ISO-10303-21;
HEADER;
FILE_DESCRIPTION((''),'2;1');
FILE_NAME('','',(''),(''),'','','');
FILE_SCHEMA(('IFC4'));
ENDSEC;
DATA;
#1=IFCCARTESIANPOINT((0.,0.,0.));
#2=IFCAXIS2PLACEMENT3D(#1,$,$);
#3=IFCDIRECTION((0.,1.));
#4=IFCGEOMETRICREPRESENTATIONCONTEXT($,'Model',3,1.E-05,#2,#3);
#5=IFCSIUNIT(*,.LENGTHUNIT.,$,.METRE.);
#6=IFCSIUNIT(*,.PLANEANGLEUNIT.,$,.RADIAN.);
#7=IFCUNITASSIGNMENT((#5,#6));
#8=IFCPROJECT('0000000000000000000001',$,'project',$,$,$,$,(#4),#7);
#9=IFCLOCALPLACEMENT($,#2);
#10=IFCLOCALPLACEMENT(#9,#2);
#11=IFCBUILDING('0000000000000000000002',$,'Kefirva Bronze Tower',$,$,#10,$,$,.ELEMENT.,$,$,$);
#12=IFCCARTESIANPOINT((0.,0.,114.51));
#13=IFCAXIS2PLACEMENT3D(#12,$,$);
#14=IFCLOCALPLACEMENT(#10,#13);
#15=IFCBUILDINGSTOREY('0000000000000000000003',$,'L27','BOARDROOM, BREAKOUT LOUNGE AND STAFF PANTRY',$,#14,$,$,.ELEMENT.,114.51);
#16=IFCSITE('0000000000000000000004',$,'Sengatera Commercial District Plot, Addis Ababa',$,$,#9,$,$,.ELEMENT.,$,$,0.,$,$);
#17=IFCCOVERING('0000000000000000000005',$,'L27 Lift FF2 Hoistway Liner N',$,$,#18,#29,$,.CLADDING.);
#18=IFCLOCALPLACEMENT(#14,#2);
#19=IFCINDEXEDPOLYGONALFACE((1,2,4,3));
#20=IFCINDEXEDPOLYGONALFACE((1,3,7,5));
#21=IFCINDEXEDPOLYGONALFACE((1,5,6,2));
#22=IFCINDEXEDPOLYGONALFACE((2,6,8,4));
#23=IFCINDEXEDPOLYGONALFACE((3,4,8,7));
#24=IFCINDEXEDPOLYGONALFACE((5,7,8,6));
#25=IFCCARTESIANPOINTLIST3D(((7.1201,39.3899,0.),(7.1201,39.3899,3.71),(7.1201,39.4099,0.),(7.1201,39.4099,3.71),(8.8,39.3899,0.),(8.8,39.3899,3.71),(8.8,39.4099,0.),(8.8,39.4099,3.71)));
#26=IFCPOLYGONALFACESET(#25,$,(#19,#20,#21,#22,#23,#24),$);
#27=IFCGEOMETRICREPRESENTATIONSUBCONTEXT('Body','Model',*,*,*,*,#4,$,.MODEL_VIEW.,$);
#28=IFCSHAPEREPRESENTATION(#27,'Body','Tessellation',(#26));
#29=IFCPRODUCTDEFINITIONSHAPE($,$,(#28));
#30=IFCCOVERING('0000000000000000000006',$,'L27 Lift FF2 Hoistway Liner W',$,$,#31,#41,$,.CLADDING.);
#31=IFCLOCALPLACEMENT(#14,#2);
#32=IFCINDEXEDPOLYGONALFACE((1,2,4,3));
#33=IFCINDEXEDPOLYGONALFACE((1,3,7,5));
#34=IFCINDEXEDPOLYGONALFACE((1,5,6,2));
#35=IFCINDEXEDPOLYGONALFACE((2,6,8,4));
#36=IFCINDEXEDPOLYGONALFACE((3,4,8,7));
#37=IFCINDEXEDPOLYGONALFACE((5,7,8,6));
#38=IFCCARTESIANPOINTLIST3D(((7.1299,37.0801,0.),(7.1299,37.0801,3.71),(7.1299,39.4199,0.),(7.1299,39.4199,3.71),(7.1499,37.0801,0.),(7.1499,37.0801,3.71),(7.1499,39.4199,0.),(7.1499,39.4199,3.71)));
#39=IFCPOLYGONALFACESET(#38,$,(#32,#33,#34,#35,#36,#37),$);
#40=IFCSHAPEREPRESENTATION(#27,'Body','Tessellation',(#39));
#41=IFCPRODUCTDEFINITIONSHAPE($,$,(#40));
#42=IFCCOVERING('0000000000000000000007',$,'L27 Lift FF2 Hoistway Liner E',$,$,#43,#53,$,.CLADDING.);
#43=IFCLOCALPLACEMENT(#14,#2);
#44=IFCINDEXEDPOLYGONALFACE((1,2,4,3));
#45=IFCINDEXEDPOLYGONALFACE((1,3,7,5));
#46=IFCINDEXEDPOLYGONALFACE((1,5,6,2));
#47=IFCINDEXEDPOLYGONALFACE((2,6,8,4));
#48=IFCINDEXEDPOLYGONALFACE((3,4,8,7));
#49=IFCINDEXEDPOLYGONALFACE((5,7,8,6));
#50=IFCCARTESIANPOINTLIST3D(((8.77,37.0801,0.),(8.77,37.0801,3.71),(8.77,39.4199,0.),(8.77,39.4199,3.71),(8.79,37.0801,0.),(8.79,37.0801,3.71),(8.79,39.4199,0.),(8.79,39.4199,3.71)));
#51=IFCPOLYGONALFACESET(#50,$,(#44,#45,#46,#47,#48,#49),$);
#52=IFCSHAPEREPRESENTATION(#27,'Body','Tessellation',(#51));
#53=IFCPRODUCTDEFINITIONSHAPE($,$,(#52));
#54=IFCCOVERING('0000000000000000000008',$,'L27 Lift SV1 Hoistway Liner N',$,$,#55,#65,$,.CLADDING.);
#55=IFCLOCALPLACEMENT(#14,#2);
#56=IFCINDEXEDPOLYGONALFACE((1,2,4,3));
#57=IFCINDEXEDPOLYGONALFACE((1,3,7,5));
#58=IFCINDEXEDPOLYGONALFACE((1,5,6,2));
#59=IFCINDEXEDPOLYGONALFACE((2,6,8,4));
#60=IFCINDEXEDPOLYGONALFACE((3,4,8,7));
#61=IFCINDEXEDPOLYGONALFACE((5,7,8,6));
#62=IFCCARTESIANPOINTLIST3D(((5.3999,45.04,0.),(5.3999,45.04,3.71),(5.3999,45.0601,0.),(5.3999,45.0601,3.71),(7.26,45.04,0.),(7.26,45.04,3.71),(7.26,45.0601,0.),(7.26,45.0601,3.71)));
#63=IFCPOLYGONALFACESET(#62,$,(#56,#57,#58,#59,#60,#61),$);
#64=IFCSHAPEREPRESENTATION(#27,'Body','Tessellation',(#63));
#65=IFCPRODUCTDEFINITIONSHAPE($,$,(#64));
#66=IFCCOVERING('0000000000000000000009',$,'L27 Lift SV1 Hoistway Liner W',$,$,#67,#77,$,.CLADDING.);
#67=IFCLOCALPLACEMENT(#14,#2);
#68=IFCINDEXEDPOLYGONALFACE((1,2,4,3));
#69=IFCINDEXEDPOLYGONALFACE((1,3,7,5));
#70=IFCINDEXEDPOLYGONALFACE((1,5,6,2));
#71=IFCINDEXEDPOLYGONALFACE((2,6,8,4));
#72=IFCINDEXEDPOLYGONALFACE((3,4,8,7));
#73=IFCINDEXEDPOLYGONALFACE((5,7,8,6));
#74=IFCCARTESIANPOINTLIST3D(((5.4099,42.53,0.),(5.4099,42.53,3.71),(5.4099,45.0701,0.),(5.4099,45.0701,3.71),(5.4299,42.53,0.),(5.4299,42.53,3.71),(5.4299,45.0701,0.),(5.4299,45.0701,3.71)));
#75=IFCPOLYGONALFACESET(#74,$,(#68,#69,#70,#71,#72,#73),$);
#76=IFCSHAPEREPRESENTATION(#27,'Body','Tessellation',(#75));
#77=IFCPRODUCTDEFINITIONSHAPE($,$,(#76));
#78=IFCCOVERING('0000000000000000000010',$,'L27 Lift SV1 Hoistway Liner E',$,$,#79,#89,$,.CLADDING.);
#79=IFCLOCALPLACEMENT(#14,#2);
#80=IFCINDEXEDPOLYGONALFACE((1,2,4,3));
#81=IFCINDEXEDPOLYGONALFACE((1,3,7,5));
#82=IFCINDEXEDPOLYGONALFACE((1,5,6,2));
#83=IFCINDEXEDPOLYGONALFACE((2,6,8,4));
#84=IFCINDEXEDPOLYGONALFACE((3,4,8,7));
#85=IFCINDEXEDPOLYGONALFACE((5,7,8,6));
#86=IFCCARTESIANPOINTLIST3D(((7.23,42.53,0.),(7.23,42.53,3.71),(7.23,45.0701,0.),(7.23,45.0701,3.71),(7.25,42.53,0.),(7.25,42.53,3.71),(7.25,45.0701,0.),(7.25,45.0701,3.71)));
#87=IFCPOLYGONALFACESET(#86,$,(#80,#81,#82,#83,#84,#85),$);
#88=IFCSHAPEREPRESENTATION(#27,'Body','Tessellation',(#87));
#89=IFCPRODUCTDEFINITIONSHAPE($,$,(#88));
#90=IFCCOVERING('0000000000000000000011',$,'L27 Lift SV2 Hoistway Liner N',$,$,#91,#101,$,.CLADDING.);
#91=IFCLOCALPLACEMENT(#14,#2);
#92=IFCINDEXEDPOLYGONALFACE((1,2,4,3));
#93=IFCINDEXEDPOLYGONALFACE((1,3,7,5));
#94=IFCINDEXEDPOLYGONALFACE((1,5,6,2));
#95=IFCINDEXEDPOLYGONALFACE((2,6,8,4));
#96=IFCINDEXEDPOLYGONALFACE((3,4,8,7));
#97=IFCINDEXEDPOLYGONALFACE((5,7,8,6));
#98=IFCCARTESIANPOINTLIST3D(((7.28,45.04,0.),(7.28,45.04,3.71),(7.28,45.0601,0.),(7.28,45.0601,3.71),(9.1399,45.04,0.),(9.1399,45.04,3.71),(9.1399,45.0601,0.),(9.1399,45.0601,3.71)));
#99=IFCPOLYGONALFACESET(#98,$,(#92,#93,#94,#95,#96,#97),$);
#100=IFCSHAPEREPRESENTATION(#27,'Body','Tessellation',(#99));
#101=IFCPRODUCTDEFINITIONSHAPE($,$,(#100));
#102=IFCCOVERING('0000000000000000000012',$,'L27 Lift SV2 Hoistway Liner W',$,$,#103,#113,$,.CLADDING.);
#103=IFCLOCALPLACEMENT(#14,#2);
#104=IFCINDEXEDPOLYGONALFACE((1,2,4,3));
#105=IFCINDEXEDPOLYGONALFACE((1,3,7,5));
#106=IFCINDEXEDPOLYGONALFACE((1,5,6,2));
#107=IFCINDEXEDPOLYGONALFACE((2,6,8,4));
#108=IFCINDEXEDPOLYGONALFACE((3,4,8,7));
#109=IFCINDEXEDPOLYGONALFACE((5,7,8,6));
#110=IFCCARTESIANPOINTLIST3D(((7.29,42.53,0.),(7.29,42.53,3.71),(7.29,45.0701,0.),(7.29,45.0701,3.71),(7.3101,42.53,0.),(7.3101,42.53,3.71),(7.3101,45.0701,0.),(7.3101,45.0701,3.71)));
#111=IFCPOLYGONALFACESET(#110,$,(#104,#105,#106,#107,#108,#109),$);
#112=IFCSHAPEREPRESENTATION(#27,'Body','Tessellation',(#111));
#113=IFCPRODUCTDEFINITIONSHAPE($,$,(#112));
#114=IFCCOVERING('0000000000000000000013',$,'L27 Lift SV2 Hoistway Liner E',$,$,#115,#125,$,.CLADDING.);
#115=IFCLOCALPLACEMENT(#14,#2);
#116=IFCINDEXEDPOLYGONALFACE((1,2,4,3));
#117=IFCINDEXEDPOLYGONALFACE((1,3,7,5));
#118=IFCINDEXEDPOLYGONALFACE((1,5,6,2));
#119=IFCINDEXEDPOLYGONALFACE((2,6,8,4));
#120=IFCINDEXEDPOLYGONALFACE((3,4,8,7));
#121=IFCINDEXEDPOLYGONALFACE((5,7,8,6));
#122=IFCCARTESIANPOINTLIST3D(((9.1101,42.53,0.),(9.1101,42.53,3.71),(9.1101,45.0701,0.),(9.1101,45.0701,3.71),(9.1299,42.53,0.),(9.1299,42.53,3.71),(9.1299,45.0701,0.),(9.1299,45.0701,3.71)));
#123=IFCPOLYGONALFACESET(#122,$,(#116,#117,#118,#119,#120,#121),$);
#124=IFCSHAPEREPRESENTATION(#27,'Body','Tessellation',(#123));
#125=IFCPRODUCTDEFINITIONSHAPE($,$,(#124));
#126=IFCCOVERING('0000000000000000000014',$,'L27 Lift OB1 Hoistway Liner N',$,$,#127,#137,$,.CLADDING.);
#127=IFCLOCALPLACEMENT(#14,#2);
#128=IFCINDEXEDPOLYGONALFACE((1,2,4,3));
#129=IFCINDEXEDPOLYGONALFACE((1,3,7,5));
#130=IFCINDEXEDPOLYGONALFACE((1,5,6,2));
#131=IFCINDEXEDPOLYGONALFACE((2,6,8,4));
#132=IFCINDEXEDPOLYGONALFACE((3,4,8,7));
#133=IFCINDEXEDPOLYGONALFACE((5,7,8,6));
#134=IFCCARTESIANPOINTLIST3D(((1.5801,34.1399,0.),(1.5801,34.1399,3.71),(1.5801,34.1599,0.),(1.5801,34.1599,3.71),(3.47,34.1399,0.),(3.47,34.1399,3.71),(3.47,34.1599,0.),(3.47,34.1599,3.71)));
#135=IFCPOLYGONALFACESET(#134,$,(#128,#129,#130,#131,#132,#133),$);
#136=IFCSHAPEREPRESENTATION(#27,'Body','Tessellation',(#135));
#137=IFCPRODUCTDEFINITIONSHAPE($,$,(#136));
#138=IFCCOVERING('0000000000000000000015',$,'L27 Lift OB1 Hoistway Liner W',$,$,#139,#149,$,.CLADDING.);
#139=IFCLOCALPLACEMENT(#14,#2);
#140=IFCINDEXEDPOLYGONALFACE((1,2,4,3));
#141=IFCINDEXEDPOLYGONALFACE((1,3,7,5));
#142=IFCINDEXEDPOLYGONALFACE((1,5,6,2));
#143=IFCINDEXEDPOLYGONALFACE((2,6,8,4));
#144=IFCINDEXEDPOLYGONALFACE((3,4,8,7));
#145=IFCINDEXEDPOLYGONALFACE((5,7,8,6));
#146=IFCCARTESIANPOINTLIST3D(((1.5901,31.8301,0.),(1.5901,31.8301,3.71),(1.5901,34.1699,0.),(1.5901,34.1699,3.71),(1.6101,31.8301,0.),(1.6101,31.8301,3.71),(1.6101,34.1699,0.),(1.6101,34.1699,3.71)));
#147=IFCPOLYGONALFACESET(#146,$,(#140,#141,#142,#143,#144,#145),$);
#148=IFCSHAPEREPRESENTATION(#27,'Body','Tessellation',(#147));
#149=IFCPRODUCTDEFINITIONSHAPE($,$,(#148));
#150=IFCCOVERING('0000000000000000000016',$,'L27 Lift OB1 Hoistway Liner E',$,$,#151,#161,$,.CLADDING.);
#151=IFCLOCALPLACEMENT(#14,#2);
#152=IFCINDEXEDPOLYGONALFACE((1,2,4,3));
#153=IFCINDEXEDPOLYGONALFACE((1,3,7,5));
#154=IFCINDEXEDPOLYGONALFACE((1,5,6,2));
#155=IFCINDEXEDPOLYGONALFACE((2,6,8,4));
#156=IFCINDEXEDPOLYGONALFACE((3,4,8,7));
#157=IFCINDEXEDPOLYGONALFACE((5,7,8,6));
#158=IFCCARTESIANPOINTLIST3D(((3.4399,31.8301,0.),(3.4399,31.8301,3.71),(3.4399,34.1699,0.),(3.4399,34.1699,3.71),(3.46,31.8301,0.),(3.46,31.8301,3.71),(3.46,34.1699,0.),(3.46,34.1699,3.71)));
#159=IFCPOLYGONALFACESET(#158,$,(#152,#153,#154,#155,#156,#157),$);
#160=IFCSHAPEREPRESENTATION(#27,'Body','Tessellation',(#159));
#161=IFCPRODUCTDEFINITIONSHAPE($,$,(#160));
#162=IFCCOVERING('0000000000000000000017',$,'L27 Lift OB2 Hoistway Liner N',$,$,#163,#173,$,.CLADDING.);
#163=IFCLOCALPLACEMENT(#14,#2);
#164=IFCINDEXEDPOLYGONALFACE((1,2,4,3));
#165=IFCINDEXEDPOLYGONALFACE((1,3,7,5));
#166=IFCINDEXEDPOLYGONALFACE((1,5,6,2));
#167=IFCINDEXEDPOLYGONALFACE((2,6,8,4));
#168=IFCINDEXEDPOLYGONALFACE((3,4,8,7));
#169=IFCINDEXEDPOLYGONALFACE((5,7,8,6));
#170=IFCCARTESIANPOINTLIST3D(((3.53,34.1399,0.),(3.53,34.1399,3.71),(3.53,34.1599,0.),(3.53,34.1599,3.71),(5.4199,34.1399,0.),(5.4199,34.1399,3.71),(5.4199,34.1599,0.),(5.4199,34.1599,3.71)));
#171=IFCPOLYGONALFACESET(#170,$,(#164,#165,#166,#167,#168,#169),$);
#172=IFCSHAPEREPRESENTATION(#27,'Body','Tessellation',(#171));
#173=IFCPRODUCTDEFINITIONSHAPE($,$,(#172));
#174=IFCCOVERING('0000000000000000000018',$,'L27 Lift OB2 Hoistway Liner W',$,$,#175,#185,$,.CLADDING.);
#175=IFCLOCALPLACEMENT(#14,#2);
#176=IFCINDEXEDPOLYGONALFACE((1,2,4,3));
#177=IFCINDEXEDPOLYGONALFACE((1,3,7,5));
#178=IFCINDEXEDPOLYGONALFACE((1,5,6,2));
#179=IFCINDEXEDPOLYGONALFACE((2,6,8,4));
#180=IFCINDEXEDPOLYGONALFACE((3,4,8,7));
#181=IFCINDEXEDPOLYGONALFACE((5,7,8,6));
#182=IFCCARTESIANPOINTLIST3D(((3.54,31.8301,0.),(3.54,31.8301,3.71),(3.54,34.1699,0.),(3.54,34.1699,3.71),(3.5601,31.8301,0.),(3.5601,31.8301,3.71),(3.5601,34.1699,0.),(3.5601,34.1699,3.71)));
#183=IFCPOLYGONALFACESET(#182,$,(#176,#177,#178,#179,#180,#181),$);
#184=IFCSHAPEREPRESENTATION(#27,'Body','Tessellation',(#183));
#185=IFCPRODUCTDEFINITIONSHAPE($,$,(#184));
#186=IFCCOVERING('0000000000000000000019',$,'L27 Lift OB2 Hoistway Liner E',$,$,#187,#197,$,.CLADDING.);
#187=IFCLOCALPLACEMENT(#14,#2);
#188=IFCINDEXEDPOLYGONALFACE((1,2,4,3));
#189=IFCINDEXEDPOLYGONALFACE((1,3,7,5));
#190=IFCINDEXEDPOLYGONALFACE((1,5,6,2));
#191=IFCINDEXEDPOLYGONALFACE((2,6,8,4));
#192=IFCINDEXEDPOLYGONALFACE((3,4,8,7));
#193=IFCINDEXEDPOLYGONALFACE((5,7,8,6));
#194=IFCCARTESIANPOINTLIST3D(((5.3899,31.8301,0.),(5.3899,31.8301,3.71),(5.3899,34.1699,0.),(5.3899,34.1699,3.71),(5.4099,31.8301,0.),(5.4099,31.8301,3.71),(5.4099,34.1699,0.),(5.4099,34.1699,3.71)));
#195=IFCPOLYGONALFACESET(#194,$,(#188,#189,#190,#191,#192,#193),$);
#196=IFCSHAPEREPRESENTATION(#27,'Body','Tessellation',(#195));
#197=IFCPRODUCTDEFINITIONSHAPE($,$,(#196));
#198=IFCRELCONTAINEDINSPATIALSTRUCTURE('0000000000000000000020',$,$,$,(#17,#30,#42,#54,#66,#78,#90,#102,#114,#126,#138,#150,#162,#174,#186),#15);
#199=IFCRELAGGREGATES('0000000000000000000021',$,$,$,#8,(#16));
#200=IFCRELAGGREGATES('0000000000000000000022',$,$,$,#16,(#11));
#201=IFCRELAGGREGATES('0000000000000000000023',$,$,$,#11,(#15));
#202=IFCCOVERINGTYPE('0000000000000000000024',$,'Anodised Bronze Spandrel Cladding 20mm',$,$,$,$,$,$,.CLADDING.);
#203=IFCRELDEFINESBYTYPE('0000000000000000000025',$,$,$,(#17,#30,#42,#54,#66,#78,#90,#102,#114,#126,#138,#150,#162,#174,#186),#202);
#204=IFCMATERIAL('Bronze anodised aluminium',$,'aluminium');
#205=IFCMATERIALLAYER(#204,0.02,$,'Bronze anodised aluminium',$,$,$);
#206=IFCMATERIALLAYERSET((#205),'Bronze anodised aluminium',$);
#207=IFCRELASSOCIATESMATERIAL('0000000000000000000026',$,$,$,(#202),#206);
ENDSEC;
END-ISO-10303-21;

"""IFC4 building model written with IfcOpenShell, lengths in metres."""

from ifc_helpers import new_model, si_unit, direction, frame, origin, place, context, subcontext, project, spatial, polyline, outline, extrude, material, layer, layer_set, type_object, element, save


model = new_model("IFC4")

# Units and contexts
model_context = context("Model", 3, precision=1e-05, world=origin(), true_north=direction((0.0, 1.0)))
body_context = subcontext(model_context, "Body", "Model", "MODEL_VIEW")
ifc_project = project(units=[si_unit("LENGTHUNIT", "METRE"), si_unit("PLANEANGLEUNIT", "RADIAN")], contexts=[model_context])

# Site, building, storey
site_placement = place(None, origin())
site = spatial("IfcSite", under=ifc_project, at=site_placement, Name="Sengatera Commercial District Plot, Addis Ababa", CompositionType="ELEMENT", RefElevation=0.0)
building_placement = place(site_placement, origin())
building = spatial("IfcBuilding", under=site, at=building_placement, Name="Kefirva Bronze Tower", CompositionType="ELEMENT")
storey_placement = place(building_placement, frame((0.0, 0.0, 114.51)))
storey = spatial("IfcBuildingStorey", under=building, at=storey_placement, Name="L27", Description="BOARDROOM, BREAKOUT LOUNGE AND STAFF PANTRY", CompositionType="ELEMENT", Elevation=114.51)

# Coverings
ifc_material_1 = material(Name="Bronze anodised aluminium", Category="aluminium")
ifc_layer_1 = layer(ifc_material_1, 0.02, Name="Bronze anodised aluminium")
ifc_layer_set_1 = layer_set([ifc_layer_1], Name="Bronze anodised aluminium")
covering_type = type_object("IfcCoveringType", Name="Anodised Bronze Spandrel Cladding 20mm", PredefinedType="CLADDING", material=ifc_layer_set_1)
covering_1_placement = place(storey_placement, origin())
element("IfcCovering", 1, at=covering_1_placement, inside=storey, type_object=covering_type, Name="L27 Lift FF2 Hoistway Liner N", PredefinedType="CLADDING", context=body_context, shape_type="SweptSolid", body=[
    extrude(outline(polyline([(7.1201, 39.3899), (8.8, 39.3899), (8.8, 39.4099), (7.1201, 39.4099), (7.1201, 39.3899)])), origin(), (0.0, 0.0, 1.0), 3.71),
])
covering_2_placement = place(storey_placement, origin())
element("IfcCovering", 2, at=covering_2_placement, inside=storey, type_object=covering_type, Name="L27 Lift FF2 Hoistway Liner W", PredefinedType="CLADDING", context=body_context, shape_type="SweptSolid", body=[
    extrude(outline(polyline([(7.1299, 37.0801), (7.1499, 37.0801), (7.1499, 39.4199), (7.1299, 39.4199), (7.1299, 37.0801)])), origin(), (0.0, 0.0, 1.0), 3.71),
])
covering_3_placement = place(storey_placement, origin())
element("IfcCovering", 3, at=covering_3_placement, inside=storey, type_object=covering_type, Name="L27 Lift FF2 Hoistway Liner E", PredefinedType="CLADDING", context=body_context, shape_type="SweptSolid", body=[
    extrude(outline(polyline([(8.77, 37.0801), (8.79, 37.0801), (8.79, 39.4199), (8.77, 39.4199), (8.77, 37.0801)])), origin(), (0.0, 0.0, 1.0), 3.71),
])
covering_4_placement = place(storey_placement, origin())
element("IfcCovering", 4, at=covering_4_placement, inside=storey, type_object=covering_type, Name="L27 Lift SV1 Hoistway Liner N", PredefinedType="CLADDING", context=body_context, shape_type="SweptSolid", body=[
    extrude(outline(polyline([(5.3999, 45.04), (7.26, 45.04), (7.26, 45.0601), (5.3999, 45.0601), (5.3999, 45.04)])), origin(), (0.0, 0.0, 1.0), 3.71),
])
covering_5_placement = place(storey_placement, origin())
element("IfcCovering", 5, at=covering_5_placement, inside=storey, type_object=covering_type, Name="L27 Lift SV1 Hoistway Liner W", PredefinedType="CLADDING", context=body_context, shape_type="SweptSolid", body=[
    extrude(outline(polyline([(5.4099, 42.53), (5.4299, 42.53), (5.4299, 45.0701), (5.4099, 45.0701), (5.4099, 42.53)])), origin(), (0.0, 0.0, 1.0), 3.71),
])
covering_6_placement = place(storey_placement, origin())
element("IfcCovering", 6, at=covering_6_placement, inside=storey, type_object=covering_type, Name="L27 Lift SV1 Hoistway Liner E", PredefinedType="CLADDING", context=body_context, shape_type="SweptSolid", body=[
    extrude(outline(polyline([(7.23, 42.53), (7.25, 42.53), (7.25, 45.0701), (7.23, 45.0701), (7.23, 42.53)])), origin(), (0.0, 0.0, 1.0), 3.71),
])
covering_7_placement = place(storey_placement, origin())
element("IfcCovering", 7, at=covering_7_placement, inside=storey, type_object=covering_type, Name="L27 Lift SV2 Hoistway Liner N", PredefinedType="CLADDING", context=body_context, shape_type="SweptSolid", body=[
    extrude(outline(polyline([(7.28, 45.04), (9.1399, 45.04), (9.1399, 45.0601), (7.28, 45.0601), (7.28, 45.04)])), origin(), (0.0, 0.0, 1.0), 3.71),
])
covering_8_placement = place(storey_placement, origin())
element("IfcCovering", 8, at=covering_8_placement, inside=storey, type_object=covering_type, Name="L27 Lift SV2 Hoistway Liner W", PredefinedType="CLADDING", context=body_context, shape_type="SweptSolid", body=[
    extrude(outline(polyline([(7.29, 42.53), (7.3101, 42.53), (7.3101, 45.0701), (7.29, 45.0701), (7.29, 42.53)])), origin(), (0.0, 0.0, 1.0), 3.71),
])
covering_9_placement = place(storey_placement, origin())
element("IfcCovering", 9, at=covering_9_placement, inside=storey, type_object=covering_type, Name="L27 Lift SV2 Hoistway Liner E", PredefinedType="CLADDING", context=body_context, shape_type="SweptSolid", body=[
    extrude(outline(polyline([(9.1101, 42.53), (9.1299, 42.53), (9.1299, 45.0701), (9.1101, 45.0701), (9.1101, 42.53)])), origin(), (0.0, 0.0, 1.0), 3.71),
])
covering_10_placement = place(storey_placement, origin())
element("IfcCovering", 10, at=covering_10_placement, inside=storey, type_object=covering_type, Name="L27 Lift OB1 Hoistway Liner N", PredefinedType="CLADDING", context=body_context, shape_type="SweptSolid", body=[
    extrude(outline(polyline([(1.5801, 34.1399), (3.47, 34.1399), (3.47, 34.1599), (1.5801, 34.1599), (1.5801, 34.1399)])), origin(), (0.0, 0.0, 1.0), 3.71),
])
covering_11_placement = place(storey_placement, origin())
element("IfcCovering", 11, at=covering_11_placement, inside=storey, type_object=covering_type, Name="L27 Lift OB1 Hoistway Liner W", PredefinedType="CLADDING", context=body_context, shape_type="SweptSolid", body=[
    extrude(outline(polyline([(1.5901, 31.8301), (1.6101, 31.8301), (1.6101, 34.1699), (1.5901, 34.1699), (1.5901, 31.8301)])), origin(), (0.0, 0.0, 1.0), 3.71),
])
covering_12_placement = place(storey_placement, origin())
element("IfcCovering", 12, at=covering_12_placement, inside=storey, type_object=covering_type, Name="L27 Lift OB1 Hoistway Liner E", PredefinedType="CLADDING", context=body_context, shape_type="SweptSolid", body=[
    extrude(outline(polyline([(3.4399, 31.8301), (3.46, 31.8301), (3.46, 34.1699), (3.4399, 34.1699), (3.4399, 31.8301)])), origin(), (0.0, 0.0, 1.0), 3.71),
])
covering_13_placement = place(storey_placement, origin())
element("IfcCovering", 13, at=covering_13_placement, inside=storey, type_object=covering_type, Name="L27 Lift OB2 Hoistway Liner N", PredefinedType="CLADDING", context=body_context, shape_type="SweptSolid", body=[
    extrude(outline(polyline([(3.53, 34.1399), (5.4199, 34.1399), (5.4199, 34.1599), (3.53, 34.1599), (3.53, 34.1399)])), origin(), (0.0, 0.0, 1.0), 3.71),
])
covering_14_placement = place(storey_placement, origin())
element("IfcCovering", 14, at=covering_14_placement, inside=storey, type_object=covering_type, Name="L27 Lift OB2 Hoistway Liner W", PredefinedType="CLADDING", context=body_context, shape_type="SweptSolid", body=[
    extrude(outline(polyline([(3.54, 31.8301), (3.5601, 31.8301), (3.5601, 34.1699), (3.54, 34.1699), (3.54, 31.8301)])), origin(), (0.0, 0.0, 1.0), 3.71),
])
covering_15_placement = place(storey_placement, origin())
element("IfcCovering", 15, at=covering_15_placement, inside=storey, type_object=covering_type, Name="L27 Lift OB2 Hoistway Liner E", PredefinedType="CLADDING", context=body_context, shape_type="SweptSolid", body=[
    extrude(outline(polyline([(5.3899, 31.8301), (5.4099, 31.8301), (5.4099, 34.1699), (5.3899, 34.1699), (5.3899, 31.8301)])), origin(), (0.0, 0.0, 1.0), 3.71),
])

save(model, "model.ifc")
